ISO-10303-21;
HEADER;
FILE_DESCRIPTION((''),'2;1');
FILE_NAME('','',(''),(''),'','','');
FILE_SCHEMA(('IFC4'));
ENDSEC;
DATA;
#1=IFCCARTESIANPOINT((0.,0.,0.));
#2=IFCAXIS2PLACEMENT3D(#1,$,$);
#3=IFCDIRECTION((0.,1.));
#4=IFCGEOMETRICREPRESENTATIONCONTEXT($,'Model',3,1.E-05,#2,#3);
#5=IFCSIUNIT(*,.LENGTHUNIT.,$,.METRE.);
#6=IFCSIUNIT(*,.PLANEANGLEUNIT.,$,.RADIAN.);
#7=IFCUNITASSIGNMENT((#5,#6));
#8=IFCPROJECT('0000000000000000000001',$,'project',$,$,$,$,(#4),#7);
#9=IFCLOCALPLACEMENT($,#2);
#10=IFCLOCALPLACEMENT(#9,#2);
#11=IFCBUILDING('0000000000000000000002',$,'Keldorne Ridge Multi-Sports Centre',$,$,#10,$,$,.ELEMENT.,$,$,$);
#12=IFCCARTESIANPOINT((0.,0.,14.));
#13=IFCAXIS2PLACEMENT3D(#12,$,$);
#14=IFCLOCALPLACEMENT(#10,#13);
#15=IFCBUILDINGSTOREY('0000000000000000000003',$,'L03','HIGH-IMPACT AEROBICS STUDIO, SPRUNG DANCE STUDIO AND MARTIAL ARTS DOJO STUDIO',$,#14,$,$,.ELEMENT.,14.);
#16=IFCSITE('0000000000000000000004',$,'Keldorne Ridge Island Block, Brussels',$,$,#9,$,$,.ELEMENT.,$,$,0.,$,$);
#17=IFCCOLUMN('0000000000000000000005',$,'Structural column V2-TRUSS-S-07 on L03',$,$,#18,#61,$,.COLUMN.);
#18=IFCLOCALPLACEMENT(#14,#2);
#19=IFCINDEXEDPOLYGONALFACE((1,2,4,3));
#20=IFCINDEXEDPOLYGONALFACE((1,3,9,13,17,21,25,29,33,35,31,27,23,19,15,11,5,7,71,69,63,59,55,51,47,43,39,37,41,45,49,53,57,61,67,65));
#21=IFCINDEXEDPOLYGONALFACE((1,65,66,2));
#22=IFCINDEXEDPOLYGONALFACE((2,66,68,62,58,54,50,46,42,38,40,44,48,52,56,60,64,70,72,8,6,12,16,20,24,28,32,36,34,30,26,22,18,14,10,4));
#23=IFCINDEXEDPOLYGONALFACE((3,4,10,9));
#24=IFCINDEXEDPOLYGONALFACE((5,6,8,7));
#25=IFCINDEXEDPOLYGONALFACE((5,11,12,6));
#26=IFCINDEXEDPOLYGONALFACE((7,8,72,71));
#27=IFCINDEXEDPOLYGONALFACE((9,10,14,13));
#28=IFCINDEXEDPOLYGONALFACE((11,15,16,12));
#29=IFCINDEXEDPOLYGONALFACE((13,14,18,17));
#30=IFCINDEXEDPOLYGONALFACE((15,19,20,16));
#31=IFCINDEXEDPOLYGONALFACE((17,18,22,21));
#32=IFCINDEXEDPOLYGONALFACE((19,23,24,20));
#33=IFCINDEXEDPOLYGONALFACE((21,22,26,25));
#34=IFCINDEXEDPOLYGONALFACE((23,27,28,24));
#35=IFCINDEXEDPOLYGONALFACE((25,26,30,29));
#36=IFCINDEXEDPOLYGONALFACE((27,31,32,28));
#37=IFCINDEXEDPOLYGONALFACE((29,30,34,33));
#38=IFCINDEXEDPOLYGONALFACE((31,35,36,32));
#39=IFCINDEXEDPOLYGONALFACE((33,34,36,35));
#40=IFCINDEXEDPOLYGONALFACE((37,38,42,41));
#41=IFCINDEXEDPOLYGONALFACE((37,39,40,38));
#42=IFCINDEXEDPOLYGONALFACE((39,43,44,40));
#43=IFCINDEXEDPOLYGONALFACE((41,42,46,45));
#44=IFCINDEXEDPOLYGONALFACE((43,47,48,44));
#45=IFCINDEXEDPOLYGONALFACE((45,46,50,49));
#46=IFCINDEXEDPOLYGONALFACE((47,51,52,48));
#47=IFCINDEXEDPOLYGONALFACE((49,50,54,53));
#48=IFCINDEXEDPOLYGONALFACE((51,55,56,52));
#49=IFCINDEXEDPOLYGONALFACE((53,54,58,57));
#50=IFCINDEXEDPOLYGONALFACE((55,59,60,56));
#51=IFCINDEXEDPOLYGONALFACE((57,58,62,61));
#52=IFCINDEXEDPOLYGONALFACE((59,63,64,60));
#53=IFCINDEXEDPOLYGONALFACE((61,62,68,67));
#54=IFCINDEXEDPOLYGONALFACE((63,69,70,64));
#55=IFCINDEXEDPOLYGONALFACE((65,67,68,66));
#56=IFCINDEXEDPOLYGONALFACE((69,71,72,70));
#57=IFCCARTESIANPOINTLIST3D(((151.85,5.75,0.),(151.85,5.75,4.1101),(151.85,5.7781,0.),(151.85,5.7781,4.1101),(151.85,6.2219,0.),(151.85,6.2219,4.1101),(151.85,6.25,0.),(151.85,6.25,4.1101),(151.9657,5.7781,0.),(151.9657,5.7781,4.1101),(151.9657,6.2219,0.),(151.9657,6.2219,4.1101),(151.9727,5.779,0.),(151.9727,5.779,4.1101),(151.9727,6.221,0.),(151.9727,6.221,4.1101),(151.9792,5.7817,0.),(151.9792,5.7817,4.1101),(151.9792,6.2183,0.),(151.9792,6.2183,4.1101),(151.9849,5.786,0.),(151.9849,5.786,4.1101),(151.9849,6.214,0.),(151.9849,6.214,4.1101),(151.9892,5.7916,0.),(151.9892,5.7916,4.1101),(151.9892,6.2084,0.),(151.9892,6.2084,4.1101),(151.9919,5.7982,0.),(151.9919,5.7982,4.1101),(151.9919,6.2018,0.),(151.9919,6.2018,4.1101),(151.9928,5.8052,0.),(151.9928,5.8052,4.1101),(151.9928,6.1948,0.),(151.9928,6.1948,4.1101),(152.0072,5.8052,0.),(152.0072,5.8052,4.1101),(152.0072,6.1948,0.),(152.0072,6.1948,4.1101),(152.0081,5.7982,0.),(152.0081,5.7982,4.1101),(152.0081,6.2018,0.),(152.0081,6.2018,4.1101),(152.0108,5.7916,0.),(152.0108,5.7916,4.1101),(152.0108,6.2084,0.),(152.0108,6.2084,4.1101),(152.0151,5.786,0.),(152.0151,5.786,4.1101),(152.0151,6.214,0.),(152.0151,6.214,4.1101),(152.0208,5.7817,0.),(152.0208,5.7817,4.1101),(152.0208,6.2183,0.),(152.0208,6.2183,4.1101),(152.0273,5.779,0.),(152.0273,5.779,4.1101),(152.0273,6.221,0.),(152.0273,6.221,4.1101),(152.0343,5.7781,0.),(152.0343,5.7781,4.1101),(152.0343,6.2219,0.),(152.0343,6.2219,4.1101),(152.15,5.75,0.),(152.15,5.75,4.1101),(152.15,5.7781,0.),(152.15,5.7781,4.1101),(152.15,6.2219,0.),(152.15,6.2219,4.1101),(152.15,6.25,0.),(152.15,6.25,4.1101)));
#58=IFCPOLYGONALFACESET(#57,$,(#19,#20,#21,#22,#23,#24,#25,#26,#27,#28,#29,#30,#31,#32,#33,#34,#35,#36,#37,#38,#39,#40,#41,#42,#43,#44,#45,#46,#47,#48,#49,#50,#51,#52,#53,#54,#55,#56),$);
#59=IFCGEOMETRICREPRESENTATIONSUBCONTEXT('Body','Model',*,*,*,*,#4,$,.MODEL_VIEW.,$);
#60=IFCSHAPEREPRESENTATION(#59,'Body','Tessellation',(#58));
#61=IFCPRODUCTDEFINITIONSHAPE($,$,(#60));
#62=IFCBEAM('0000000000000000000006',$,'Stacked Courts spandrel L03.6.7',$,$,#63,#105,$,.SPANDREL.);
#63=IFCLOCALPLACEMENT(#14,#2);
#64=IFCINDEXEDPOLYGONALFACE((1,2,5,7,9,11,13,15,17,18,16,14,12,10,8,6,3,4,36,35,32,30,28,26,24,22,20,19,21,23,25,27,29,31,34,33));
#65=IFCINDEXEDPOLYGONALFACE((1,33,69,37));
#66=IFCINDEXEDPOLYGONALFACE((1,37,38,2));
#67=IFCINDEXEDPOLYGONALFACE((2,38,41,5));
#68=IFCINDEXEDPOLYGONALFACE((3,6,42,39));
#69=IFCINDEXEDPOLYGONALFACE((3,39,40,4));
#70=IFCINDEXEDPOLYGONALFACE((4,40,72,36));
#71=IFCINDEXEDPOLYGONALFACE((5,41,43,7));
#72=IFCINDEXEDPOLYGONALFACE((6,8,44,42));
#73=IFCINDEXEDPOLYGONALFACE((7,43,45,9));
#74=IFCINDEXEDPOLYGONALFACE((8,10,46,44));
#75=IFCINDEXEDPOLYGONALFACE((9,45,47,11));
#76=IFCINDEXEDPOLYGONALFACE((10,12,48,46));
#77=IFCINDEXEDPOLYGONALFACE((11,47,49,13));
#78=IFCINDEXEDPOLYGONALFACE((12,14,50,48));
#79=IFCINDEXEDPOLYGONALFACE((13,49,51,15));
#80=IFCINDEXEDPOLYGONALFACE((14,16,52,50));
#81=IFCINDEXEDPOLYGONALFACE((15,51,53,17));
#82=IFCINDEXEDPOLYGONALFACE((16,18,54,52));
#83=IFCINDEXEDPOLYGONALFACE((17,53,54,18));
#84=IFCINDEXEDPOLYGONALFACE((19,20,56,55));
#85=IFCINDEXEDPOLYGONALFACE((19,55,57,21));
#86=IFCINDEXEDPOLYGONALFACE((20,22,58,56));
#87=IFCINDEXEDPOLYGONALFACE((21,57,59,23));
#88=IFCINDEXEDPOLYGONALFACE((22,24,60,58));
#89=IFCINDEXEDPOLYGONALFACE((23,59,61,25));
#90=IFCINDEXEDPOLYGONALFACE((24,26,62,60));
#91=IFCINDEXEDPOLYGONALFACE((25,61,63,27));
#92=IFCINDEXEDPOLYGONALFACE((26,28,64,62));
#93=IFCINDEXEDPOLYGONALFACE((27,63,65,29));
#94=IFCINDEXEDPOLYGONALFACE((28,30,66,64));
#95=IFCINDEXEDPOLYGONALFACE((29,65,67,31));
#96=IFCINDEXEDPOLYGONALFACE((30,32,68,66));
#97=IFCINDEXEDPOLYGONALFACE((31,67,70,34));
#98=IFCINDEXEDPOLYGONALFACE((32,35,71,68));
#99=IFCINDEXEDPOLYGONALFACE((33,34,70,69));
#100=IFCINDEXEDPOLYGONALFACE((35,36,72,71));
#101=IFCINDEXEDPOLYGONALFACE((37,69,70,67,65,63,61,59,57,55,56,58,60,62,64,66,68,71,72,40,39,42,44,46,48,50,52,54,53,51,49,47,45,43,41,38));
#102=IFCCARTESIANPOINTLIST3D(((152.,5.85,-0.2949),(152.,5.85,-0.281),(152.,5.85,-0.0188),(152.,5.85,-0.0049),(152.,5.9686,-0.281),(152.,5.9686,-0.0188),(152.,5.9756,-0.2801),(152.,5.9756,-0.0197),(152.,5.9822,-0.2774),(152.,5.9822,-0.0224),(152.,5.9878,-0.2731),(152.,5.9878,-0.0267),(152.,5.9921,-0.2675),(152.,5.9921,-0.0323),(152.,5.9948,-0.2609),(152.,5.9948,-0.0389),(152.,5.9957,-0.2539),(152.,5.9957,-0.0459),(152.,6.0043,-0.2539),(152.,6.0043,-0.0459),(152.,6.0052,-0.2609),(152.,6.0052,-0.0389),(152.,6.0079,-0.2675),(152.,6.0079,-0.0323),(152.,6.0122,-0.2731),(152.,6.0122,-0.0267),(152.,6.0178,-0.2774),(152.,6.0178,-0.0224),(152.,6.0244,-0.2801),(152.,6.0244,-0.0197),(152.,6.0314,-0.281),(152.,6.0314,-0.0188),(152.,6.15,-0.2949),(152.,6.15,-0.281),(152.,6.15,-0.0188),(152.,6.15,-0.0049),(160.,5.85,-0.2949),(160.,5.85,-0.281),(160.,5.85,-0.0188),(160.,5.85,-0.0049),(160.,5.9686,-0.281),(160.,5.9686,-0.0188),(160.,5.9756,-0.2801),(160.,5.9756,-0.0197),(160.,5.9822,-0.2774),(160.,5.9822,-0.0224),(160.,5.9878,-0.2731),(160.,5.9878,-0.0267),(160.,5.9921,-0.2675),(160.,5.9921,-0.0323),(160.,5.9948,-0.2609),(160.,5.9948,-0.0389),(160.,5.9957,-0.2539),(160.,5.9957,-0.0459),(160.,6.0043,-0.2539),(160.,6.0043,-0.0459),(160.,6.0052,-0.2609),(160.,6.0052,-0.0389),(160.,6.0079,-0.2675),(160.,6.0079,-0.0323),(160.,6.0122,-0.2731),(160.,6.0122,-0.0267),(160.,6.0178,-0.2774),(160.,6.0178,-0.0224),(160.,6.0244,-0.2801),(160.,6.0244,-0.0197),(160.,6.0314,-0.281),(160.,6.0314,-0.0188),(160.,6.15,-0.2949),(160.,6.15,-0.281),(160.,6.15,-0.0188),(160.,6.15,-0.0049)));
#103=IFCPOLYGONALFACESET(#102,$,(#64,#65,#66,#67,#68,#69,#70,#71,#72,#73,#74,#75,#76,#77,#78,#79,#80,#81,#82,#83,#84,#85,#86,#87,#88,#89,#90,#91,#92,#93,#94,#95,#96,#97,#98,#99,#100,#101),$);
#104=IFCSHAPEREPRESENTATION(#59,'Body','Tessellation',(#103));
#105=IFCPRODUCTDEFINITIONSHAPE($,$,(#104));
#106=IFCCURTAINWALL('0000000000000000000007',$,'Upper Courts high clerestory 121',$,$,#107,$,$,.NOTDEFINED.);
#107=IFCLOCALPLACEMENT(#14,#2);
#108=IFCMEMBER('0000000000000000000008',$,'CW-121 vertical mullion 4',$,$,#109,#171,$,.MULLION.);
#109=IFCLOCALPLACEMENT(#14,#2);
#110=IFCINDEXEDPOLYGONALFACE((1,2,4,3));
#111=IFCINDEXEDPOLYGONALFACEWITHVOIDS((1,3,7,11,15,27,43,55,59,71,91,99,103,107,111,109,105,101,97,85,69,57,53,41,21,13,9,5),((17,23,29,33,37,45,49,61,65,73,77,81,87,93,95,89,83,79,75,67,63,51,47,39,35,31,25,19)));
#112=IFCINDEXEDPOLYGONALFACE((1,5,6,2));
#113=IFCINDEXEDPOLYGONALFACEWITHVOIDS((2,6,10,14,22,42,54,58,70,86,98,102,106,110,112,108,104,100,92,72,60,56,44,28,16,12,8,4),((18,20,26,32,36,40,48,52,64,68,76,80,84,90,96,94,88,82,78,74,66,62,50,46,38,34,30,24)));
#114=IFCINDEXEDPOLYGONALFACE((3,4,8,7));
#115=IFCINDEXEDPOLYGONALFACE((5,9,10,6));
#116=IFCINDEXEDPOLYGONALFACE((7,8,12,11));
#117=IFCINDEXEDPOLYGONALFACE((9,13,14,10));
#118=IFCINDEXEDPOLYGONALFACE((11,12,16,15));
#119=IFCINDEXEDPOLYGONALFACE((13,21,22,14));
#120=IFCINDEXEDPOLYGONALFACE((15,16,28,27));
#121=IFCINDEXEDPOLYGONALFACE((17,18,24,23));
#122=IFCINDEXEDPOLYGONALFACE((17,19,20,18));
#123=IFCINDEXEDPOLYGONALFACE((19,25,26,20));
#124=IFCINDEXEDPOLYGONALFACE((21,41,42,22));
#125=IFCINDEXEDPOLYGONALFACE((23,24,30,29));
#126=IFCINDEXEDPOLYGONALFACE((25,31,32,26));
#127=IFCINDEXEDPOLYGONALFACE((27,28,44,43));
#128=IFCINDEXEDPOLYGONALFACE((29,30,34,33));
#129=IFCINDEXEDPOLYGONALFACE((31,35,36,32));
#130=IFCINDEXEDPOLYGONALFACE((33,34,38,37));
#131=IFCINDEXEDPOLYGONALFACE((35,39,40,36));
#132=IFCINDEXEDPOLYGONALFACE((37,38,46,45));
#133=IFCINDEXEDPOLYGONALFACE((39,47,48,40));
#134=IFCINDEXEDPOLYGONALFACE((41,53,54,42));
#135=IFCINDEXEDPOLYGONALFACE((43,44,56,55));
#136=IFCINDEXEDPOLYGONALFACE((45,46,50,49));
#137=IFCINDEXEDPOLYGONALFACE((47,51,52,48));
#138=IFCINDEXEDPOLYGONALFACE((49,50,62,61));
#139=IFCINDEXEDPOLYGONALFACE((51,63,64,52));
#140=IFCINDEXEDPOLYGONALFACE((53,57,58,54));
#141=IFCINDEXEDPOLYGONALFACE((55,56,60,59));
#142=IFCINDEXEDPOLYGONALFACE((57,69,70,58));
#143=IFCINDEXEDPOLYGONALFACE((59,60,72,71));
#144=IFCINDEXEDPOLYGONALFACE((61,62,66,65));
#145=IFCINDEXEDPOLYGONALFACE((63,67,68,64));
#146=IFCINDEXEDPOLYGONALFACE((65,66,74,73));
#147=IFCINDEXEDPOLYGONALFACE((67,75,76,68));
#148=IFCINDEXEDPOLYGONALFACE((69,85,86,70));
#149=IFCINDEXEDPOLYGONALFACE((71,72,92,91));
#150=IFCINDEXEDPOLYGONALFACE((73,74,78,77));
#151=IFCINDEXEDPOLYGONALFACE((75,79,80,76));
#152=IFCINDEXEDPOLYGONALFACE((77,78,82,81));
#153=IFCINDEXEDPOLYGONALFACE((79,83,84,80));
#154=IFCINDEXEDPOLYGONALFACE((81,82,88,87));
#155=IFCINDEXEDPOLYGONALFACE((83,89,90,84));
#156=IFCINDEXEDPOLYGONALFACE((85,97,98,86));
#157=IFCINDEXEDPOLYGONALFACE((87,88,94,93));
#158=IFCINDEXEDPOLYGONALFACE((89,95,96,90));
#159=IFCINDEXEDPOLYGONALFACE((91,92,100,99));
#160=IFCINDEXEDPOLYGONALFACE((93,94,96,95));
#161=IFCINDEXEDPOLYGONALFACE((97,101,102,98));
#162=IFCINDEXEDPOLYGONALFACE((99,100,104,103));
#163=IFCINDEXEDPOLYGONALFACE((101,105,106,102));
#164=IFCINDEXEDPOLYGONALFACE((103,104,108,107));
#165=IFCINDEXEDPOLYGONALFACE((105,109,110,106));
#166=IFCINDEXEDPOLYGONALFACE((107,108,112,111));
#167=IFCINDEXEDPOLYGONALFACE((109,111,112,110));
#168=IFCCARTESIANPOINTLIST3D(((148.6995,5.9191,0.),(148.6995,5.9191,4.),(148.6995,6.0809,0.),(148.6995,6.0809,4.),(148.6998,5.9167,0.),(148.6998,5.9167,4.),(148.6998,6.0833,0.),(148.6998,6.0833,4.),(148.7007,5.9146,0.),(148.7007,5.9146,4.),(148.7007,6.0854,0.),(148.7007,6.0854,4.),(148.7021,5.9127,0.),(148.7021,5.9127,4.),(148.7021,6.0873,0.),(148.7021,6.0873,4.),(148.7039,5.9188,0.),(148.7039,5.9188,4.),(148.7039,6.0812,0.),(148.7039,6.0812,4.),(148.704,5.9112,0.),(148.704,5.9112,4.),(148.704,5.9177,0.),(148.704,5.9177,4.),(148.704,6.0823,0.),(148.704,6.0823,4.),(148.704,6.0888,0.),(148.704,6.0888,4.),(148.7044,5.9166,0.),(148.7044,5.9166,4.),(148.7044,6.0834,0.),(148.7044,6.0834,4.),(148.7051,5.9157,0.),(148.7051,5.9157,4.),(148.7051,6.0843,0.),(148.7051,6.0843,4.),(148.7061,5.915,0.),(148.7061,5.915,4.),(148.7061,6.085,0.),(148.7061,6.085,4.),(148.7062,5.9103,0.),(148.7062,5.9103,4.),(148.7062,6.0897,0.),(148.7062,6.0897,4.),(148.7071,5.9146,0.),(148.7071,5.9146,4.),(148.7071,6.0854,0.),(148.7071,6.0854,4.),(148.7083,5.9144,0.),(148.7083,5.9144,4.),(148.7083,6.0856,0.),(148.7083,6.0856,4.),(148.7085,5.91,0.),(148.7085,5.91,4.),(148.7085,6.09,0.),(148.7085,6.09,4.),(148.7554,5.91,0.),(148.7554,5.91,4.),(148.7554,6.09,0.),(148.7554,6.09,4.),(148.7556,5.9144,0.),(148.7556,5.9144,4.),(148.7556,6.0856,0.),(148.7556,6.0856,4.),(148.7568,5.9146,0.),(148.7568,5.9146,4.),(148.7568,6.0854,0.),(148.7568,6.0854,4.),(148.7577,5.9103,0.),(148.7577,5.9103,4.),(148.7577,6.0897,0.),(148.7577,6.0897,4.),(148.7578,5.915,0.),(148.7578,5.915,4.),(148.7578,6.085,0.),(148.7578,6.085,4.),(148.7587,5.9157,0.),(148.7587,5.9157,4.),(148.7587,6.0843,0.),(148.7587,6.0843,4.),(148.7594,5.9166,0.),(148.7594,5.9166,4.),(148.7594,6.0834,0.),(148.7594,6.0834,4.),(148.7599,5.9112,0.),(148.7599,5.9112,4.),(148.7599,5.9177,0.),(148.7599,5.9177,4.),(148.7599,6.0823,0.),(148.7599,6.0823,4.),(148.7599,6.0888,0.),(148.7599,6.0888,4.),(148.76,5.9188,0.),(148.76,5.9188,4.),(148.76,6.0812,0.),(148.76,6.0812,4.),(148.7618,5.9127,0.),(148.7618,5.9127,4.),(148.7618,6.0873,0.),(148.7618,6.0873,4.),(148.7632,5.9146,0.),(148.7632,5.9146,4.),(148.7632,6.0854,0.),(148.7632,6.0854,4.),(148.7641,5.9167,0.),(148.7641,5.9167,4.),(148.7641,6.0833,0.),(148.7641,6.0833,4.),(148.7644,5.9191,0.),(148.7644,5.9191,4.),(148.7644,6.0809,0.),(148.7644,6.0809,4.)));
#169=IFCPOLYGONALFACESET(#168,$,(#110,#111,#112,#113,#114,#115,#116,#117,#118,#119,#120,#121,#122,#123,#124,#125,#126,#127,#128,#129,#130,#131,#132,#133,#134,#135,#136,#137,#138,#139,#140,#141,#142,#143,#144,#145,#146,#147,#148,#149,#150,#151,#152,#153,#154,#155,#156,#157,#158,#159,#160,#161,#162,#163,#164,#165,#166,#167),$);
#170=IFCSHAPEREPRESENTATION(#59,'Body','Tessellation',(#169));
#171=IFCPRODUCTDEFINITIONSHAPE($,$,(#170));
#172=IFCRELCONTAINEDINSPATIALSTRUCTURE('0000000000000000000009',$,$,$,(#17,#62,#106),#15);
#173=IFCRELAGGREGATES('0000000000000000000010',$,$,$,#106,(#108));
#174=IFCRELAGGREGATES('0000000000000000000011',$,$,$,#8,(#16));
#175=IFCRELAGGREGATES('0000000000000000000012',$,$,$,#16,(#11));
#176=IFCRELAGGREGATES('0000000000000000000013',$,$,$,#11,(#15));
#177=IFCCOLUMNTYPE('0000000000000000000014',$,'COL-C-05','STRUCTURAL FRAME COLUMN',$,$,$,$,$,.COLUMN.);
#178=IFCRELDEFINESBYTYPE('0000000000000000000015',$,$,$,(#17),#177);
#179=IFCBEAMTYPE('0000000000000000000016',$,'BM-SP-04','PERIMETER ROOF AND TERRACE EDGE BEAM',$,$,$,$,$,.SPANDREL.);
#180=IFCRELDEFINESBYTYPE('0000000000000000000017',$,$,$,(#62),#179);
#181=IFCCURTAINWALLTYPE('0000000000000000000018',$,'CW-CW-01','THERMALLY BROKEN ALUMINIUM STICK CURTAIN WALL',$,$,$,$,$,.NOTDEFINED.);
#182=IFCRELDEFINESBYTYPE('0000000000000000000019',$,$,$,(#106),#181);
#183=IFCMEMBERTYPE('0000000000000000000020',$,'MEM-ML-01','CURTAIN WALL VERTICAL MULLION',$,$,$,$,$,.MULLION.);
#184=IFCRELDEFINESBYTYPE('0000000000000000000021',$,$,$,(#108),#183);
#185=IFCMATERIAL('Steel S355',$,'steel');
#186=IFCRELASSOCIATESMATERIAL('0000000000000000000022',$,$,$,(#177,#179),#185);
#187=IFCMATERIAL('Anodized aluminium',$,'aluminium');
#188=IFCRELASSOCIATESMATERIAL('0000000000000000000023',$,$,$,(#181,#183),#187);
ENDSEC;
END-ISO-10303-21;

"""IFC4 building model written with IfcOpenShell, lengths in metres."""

from ifc_helpers import new_model, si_unit, direction, frame, origin, origin_2d, place, context, subcontext, project, spatial, hollow_rectangle, i_section, extrude, material, material_profile, profile_set, type_object, element, aggregate, save


model = new_model("IFC4")

# Units and contexts
model_context = context("Model", 3, precision=1e-05, world=origin(), true_north=direction((0.0, 1.0)))
body_context = subcontext(model_context, "Body", "Model", "MODEL_VIEW")
ifc_project = project(units=[si_unit("LENGTHUNIT", "METRE"), si_unit("PLANEANGLEUNIT", "RADIAN")], contexts=[model_context])

# Site, building, storey
site_placement = place(None, origin())
site = spatial("IfcSite", under=ifc_project, at=site_placement, Name="Keldorne Ridge Island Block, Brussels", CompositionType="ELEMENT", RefElevation=0.0)
building_placement = place(site_placement, origin())
building = spatial("IfcBuilding", under=site, at=building_placement, Name="Keldorne Ridge Multi-Sports Centre", CompositionType="ELEMENT")
storey_placement = place(building_placement, frame((0.0, 0.0, 14.0)))
storey = spatial("IfcBuildingStorey", under=building, at=storey_placement, Name="L03", Description="HIGH-IMPACT AEROBICS STUDIO, SPRUNG DANCE STUDIO AND MARTIAL ARTS DOJO STUDIO", CompositionType="ELEMENT", Elevation=14.0)

# Column
ifc_material_1 = material(Name="Steel S355", Category="steel")
ifc_material_profile_1 = material_profile(ifc_material_1, i_section(OverallWidth=0.3, OverallDepth=0.5, WebThickness=0.0144, FlangeThickness=0.0281, FilletRadius=0.0271, at=origin_2d()), Name="HEB 500")
ifc_profile_set_1 = profile_set([ifc_material_profile_1], Name="Steel S355")
column_type = type_object("IfcColumnType", Name="COL-C-05", Description="STRUCTURAL FRAME COLUMN", PredefinedType="COLUMN", material=ifc_profile_set_1)
column_placement = place(storey_placement, frame((152.0, 6.0, 0.0), z_axis=(0.0, 0.0, 1.0), x_axis=(1.0, 0.0, 0.0)))
element("IfcColumn", 1, at=column_placement, inside=storey, type_object=column_type, Name="Structural column V2-TRUSS-S-07 on L03", PredefinedType="COLUMN", context=body_context, shape_type="SweptSolid", body=[
    extrude(i_section(OverallWidth=0.3, OverallDepth=0.5, WebThickness=0.0144, FlangeThickness=0.0281, FilletRadius=0.0271, at=origin_2d()), origin(), (0.0, 0.0, 1.0), 4.1101),
])

# Beam
ifc_material_profile_2 = material_profile(ifc_material_1, i_section(OverallWidth=0.3, OverallDepth=0.29, WebThickness=0.0085, FlangeThickness=0.0139, FilletRadius=0.0271, at=origin_2d()), Name="HEA 300")
ifc_profile_set_2 = profile_set([ifc_material_profile_2], Name="Steel S355")
beam_type = type_object("IfcBeamType", Name="BM-SP-04", Description="PERIMETER ROOF AND TERRACE EDGE BEAM", PredefinedType="SPANDREL", material=ifc_profile_set_2)
beam_placement = place(storey_placement, frame((152.0, 6.0, -0.1499), z_axis=(1.0, 0.0, 0.0), x_axis=(0.0, 1.0, 0.0)))
element("IfcBeam", 2, at=beam_placement, inside=storey, type_object=beam_type, Name="Stacked Courts spandrel L03.6.7", PredefinedType="SPANDREL", context=body_context, shape_type="SweptSolid", body=[
    extrude(i_section(OverallWidth=0.3, OverallDepth=0.29, WebThickness=0.0085, FlangeThickness=0.0139, FilletRadius=0.0271, at=origin_2d()), origin(), (0.0, 0.0, 1.0), 8.0),
])

# Curtain wall, member
ifc_material_2 = material(Name="Anodized aluminium", Category="aluminium")
curtain_wall_type = type_object("IfcCurtainWallType", Name="CW-CW-01", Description="THERMALLY BROKEN ALUMINIUM STICK CURTAIN WALL", PredefinedType="NOTDEFINED", material=ifc_material_2)
curtain_wall_placement = place(storey_placement, origin())
curtain_wall = element("IfcCurtainWall", 3, at=curtain_wall_placement, inside=storey, type_object=curtain_wall_type, Name="Upper Courts high clerestory 121", PredefinedType="NOTDEFINED")
ifc_material_profile_3 = material_profile(ifc_material_2, hollow_rectangle(XDim=0.0649, YDim=0.1799, WallThickness=0.0044, InnerFilletRadius=0.0044, OuterFilletRadius=0.009, at=origin_2d()), Name="ALU MULLION 180x65x4.5")
ifc_profile_set_3 = profile_set([ifc_material_profile_3], Name="Anodized aluminium")
member_type_1 = type_object("IfcMemberType", Name="MEM-ML-01", Description="CURTAIN WALL VERTICAL MULLION", PredefinedType="MULLION", material=ifc_profile_set_3)
member_1_placement = place(storey_placement, frame((148.7319, 6.0, 0.0), z_axis=(0.0, 0.0, 1.0), x_axis=(1.0, 0.0, 0.0)))
member_1 = element("IfcMember", 4, at=member_1_placement, type_object=member_type_1, Name="CW-121 vertical mullion 4", PredefinedType="MULLION", context=body_context, shape_type="SweptSolid", body=[
    extrude(hollow_rectangle(XDim=0.0649, YDim=0.1799, WallThickness=0.0044, InnerFilletRadius=0.0044, OuterFilletRadius=0.009, at=origin_2d()), origin(), (0.0, 0.0, 1.0), 4.0),
])

aggregate(curtain_wall, [member_1])

save(model, "model.ifc")
